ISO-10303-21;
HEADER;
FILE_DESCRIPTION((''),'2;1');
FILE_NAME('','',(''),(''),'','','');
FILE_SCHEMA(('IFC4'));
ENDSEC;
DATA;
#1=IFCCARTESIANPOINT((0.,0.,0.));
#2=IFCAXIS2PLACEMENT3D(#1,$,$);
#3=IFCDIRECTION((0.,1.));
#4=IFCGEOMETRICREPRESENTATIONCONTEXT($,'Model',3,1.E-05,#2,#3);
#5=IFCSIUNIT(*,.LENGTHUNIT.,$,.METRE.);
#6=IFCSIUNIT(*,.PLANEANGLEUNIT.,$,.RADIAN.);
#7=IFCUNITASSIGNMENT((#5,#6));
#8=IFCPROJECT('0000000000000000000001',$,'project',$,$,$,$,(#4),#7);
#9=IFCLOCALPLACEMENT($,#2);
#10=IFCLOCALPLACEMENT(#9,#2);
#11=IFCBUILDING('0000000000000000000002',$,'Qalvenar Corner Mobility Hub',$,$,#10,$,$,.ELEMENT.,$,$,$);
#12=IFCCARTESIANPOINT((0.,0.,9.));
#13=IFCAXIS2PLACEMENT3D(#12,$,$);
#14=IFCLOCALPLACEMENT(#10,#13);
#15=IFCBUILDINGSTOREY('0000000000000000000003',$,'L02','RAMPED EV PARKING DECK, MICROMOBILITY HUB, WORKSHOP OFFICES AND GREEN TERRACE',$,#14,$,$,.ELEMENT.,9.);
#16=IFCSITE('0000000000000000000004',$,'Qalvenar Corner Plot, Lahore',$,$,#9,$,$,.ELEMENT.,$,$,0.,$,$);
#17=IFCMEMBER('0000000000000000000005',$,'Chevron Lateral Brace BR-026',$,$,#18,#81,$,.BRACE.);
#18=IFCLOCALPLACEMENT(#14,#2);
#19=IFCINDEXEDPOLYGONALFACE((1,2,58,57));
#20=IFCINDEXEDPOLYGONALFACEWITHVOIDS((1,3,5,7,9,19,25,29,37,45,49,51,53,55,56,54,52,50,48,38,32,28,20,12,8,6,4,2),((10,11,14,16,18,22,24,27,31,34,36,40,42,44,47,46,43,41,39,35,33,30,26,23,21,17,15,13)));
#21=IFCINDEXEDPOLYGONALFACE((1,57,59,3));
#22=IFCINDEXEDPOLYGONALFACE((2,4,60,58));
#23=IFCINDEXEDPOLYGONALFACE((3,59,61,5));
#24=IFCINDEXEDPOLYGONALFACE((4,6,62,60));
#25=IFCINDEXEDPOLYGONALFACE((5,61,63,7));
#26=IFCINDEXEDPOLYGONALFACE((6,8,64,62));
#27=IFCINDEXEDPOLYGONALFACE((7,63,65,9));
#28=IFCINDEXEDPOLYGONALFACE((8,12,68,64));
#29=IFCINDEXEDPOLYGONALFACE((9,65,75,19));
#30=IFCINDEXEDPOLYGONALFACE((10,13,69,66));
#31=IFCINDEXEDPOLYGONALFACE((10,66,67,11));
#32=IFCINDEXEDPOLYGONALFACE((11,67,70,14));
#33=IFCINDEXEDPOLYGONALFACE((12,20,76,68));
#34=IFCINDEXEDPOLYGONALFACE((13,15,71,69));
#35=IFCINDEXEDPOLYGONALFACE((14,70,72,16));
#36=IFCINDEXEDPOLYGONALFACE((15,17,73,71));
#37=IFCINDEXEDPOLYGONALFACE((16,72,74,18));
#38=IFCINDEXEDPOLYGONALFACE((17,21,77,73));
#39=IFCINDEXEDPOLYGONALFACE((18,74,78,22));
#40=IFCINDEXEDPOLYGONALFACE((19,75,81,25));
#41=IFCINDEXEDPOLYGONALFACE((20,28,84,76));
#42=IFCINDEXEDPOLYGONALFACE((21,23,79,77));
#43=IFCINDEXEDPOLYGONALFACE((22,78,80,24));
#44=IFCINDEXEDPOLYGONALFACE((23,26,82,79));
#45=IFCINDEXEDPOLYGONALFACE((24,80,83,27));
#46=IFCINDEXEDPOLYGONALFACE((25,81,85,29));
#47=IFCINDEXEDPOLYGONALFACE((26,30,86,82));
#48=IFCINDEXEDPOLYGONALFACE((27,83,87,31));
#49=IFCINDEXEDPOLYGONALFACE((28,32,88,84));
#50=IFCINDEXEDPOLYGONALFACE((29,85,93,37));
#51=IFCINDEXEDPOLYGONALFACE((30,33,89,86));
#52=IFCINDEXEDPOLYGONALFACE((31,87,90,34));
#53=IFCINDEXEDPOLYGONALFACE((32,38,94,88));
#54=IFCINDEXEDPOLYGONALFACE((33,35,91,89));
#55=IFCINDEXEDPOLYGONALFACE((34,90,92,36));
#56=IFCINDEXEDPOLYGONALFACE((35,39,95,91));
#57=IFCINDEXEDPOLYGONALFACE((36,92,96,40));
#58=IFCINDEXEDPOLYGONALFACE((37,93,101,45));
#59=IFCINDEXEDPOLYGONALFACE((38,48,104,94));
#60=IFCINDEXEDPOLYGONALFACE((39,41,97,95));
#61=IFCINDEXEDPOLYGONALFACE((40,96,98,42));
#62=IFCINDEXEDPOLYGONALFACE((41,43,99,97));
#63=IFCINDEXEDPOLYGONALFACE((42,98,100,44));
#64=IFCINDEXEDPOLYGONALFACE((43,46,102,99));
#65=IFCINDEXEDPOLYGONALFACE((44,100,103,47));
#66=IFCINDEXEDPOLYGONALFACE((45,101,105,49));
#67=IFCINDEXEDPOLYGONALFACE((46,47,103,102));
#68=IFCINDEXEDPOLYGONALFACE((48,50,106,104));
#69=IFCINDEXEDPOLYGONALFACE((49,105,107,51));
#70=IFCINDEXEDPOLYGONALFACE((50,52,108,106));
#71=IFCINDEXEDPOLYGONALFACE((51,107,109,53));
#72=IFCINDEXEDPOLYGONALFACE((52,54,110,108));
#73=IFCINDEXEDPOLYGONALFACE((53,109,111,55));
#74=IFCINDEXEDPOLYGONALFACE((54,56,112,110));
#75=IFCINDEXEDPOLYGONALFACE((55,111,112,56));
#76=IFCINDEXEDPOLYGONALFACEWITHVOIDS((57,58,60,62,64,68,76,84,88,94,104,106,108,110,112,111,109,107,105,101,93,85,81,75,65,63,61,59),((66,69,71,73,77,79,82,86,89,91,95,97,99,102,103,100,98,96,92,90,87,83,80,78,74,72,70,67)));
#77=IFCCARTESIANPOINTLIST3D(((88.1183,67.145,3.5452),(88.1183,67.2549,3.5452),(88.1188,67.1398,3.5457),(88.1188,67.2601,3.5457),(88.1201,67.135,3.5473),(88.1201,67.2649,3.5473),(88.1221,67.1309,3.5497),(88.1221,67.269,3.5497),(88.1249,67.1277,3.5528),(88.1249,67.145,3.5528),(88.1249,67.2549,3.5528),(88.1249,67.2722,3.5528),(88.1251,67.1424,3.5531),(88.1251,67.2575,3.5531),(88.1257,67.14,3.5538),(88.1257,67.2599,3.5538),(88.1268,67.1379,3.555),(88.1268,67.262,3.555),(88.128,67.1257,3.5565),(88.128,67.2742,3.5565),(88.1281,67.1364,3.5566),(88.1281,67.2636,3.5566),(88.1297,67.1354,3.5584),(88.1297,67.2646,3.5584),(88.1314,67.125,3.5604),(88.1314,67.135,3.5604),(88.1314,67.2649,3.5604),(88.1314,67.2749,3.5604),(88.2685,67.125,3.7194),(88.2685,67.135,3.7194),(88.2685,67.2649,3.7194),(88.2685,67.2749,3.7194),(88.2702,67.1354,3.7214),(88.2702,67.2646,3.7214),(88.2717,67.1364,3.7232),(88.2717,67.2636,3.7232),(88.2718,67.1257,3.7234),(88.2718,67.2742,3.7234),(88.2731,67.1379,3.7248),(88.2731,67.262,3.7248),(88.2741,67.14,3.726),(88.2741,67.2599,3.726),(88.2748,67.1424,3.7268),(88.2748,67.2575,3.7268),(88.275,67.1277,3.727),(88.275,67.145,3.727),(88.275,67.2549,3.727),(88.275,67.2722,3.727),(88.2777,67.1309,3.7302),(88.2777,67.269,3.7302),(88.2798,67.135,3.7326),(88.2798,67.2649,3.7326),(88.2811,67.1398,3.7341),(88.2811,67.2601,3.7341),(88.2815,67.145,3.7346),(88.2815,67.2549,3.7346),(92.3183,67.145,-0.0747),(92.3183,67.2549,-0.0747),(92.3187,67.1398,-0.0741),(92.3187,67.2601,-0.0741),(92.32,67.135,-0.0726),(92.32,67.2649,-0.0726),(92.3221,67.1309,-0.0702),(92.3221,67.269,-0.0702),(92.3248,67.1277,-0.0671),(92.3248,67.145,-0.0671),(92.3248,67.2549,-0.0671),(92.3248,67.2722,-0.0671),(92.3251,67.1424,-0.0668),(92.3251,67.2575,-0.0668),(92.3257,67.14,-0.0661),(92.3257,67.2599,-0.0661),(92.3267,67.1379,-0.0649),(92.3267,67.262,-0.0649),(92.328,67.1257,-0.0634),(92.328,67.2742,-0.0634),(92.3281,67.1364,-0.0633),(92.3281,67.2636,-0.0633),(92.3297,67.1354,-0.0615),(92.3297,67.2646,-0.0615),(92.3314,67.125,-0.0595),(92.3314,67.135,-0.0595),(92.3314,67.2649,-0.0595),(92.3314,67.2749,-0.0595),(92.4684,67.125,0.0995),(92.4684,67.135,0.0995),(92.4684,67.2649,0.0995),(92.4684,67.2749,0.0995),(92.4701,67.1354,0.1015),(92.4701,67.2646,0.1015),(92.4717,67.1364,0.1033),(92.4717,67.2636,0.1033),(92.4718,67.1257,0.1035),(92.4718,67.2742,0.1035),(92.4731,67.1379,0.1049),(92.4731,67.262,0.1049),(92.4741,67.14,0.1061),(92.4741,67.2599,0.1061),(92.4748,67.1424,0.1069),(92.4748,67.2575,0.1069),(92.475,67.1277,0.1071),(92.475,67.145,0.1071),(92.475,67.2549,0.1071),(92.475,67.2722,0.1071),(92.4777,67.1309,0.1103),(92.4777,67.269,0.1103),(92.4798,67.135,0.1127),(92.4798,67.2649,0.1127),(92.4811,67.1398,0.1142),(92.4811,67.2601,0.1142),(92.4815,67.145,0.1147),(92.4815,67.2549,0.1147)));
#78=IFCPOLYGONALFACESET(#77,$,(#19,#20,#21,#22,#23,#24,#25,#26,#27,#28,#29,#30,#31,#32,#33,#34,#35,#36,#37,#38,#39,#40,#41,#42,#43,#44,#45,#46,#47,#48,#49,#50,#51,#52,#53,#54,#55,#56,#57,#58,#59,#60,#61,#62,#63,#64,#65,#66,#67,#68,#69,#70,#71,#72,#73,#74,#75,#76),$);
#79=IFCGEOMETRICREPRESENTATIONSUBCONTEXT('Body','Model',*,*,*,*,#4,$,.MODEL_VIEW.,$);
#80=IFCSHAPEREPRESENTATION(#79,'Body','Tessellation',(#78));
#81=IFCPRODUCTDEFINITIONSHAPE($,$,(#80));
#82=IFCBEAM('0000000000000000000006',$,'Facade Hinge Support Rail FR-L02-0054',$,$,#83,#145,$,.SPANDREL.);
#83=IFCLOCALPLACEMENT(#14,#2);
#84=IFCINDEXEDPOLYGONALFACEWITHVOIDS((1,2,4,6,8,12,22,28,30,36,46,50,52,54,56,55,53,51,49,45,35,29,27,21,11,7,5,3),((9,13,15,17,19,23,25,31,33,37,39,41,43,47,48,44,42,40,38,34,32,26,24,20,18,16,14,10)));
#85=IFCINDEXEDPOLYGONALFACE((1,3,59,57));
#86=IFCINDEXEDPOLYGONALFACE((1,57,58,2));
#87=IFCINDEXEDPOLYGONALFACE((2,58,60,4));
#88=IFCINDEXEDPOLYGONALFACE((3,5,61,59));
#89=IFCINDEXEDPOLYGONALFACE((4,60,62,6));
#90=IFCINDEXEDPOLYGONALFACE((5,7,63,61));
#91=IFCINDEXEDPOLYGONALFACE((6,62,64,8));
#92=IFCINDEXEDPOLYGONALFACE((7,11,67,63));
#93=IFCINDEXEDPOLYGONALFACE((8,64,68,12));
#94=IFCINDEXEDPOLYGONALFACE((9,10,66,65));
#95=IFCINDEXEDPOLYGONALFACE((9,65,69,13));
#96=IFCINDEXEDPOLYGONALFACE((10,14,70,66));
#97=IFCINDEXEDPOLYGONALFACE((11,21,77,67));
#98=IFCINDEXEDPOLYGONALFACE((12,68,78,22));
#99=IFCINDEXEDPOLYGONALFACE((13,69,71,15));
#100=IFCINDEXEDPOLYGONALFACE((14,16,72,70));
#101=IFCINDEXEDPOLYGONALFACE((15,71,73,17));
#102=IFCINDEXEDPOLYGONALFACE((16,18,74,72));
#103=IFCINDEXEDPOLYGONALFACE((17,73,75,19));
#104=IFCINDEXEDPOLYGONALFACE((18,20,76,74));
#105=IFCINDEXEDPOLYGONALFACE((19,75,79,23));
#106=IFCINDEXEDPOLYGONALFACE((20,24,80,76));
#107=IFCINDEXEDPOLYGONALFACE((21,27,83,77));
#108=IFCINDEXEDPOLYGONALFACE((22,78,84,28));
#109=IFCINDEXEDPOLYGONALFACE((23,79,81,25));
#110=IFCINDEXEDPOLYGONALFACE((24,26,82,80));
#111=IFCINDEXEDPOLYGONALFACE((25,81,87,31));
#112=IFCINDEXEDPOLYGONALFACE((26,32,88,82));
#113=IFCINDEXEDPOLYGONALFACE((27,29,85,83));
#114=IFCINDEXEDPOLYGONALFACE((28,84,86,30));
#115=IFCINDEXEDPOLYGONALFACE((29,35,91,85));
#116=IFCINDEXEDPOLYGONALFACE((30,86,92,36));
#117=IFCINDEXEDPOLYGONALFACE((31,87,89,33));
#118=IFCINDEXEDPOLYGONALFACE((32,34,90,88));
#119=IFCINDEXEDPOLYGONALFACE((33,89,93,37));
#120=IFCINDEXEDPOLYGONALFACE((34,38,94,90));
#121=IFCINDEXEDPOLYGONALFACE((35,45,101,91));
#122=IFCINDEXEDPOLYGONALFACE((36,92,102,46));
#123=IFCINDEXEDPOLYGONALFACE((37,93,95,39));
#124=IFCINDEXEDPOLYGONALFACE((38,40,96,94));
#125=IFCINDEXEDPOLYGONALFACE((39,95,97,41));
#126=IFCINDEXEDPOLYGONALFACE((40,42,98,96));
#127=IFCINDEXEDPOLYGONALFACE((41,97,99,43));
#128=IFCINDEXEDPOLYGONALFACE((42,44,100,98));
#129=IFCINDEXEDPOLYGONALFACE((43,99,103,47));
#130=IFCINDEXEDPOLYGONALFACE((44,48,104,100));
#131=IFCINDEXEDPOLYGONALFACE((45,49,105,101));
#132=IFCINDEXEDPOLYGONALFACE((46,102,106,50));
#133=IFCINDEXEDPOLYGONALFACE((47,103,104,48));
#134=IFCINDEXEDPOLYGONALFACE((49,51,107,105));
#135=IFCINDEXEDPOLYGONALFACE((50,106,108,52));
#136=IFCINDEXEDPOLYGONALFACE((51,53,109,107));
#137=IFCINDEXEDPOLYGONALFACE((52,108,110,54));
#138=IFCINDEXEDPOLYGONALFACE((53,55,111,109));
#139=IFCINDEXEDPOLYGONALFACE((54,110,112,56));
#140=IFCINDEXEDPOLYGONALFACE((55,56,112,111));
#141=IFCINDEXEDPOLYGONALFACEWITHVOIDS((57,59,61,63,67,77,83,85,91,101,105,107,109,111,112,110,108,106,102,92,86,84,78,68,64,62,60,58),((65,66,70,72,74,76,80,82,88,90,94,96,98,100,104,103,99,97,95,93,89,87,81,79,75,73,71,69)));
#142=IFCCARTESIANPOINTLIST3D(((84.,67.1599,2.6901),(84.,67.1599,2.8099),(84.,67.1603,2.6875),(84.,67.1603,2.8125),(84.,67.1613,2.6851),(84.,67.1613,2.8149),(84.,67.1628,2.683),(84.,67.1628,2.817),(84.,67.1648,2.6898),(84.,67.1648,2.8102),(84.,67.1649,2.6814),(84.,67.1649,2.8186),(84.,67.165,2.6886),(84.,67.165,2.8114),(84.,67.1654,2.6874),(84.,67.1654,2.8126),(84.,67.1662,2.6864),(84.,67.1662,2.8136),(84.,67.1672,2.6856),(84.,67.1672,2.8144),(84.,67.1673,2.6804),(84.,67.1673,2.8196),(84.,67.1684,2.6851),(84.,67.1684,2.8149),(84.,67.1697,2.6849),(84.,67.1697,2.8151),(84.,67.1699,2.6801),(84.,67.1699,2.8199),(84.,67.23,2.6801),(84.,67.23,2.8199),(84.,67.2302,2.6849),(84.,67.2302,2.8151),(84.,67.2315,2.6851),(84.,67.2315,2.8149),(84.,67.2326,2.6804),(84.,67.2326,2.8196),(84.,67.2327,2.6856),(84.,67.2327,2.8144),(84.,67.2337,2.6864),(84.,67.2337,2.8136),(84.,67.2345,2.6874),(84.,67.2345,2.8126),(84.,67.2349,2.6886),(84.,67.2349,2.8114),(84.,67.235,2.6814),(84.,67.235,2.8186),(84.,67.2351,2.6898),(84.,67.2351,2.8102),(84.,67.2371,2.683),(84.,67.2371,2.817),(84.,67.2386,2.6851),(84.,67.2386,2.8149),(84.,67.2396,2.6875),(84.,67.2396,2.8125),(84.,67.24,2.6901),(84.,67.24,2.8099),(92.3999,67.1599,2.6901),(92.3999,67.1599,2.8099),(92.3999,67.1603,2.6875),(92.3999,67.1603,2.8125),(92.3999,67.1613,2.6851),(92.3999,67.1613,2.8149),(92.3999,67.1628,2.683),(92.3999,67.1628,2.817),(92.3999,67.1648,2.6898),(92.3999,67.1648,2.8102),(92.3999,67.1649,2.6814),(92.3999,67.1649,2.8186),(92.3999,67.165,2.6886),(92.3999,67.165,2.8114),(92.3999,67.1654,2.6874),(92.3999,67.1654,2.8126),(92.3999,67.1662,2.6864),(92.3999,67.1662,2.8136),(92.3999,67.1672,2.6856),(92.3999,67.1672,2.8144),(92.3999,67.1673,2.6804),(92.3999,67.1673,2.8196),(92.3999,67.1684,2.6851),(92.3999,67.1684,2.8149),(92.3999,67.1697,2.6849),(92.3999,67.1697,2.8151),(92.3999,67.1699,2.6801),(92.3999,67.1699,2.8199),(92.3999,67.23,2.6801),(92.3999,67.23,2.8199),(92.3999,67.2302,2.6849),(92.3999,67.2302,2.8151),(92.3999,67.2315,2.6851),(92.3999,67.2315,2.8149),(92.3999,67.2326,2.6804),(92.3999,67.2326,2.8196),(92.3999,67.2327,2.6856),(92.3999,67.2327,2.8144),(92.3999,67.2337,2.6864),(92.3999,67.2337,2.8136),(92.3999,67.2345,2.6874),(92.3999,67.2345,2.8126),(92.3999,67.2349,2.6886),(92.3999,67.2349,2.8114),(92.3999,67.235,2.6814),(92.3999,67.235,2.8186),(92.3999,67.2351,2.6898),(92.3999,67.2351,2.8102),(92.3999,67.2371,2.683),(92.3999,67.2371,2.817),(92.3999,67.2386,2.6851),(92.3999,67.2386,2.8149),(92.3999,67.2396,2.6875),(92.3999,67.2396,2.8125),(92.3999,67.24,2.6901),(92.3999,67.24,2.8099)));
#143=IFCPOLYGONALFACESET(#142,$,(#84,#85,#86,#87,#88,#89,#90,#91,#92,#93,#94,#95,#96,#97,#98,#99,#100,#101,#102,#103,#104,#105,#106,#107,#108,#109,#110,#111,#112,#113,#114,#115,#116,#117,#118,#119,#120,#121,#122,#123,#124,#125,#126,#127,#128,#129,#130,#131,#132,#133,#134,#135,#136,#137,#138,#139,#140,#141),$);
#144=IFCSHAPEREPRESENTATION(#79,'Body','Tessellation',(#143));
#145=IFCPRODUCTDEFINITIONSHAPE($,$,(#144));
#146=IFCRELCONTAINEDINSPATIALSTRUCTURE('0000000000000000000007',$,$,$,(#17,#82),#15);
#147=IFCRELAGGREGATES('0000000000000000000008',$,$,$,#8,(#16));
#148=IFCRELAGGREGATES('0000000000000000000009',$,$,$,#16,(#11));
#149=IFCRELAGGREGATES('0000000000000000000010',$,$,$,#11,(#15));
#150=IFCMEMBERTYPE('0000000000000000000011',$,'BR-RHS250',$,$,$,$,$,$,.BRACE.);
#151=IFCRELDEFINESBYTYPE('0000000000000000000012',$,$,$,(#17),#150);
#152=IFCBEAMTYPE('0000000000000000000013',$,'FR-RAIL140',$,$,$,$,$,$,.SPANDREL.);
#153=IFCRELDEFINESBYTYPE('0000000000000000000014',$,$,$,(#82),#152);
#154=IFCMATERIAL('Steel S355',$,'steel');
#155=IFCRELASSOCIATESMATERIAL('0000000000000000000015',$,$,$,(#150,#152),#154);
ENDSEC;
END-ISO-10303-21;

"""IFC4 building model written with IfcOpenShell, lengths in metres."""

from ifc_helpers import new_model, si_unit, direction, frame, origin, origin_2d, place, context, subcontext, project, spatial, hollow_rectangle, extrude, material, material_profile, profile_set, type_object, element, save


model = new_model("IFC4")

# Units and contexts
model_context = context("Model", 3, precision=1e-05, world=origin(), true_north=direction((0.0, 1.0)))
body_context = subcontext(model_context, "Body", "Model", "MODEL_VIEW")
ifc_project = project(units=[si_unit("LENGTHUNIT", "METRE"), si_unit("PLANEANGLEUNIT", "RADIAN")], contexts=[model_context])

# Site, building, storey
site_placement = place(None, origin())
site = spatial("IfcSite", under=ifc_project, at=site_placement, Name="Qalvenar Corner Plot, Lahore", CompositionType="ELEMENT", RefElevation=0.0)
building_placement = place(site_placement, origin())
building = spatial("IfcBuilding", under=site, at=building_placement, Name="Qalvenar Corner Mobility Hub", CompositionType="ELEMENT")
storey_placement = place(building_placement, frame((0.0, 0.0, 9.0)))
storey = spatial("IfcBuildingStorey", under=building, at=storey_placement, Name="L02", Description="RAMPED EV PARKING DECK, MICROMOBILITY HUB, WORKSHOP OFFICES AND GREEN TERRACE", CompositionType="ELEMENT", Elevation=9.0)

# Shared definitions
ifc_material_1 = material(Name="Steel S355", Category="steel")

# Member
ifc_material_profile_1 = material_profile(ifc_material_1, hollow_rectangle(XDim=0.1499, YDim=0.25, WallThickness=0.01, InnerFilletRadius=0.01, OuterFilletRadius=0.02, at=origin_2d()), Name="RHS250x150x10")
ifc_profile_set_1 = profile_set([ifc_material_profile_1], Name="Steel S355")
member_type = type_object("IfcMemberType", Name="BR-RHS250", PredefinedType="BRACE", material=ifc_profile_set_1)
for number, where, z_axis, x_axis, name in (
    (1, (92.3999, 67.2, 0.02), (-0.757479, 0.0, 0.652859), (0.0, -1.0, 0.0), "Chevron Lateral Brace BR-026"),
):
    element("IfcMember", number, at=place(storey_placement, frame(where, z_axis=z_axis, x_axis=x_axis)), inside=storey, type_object=member_type, Name=name, PredefinedType="BRACE", context=body_context, shape_type="SweptSolid", body=[
        extrude(hollow_rectangle(XDim=0.1499, YDim=0.25, WallThickness=0.01, InnerFilletRadius=0.01, OuterFilletRadius=0.02, at=origin_2d()), origin(), (0.0, 0.0, 1.0), 5.5447),
    ])

# Beam
ifc_material_profile_2 = material_profile(ifc_material_1, hollow_rectangle(XDim=0.0801, YDim=0.1399, WallThickness=0.0049, InnerFilletRadius=0.0049, OuterFilletRadius=0.01, at=origin_2d()), Name="RHS140x80x5")
ifc_profile_set_2 = profile_set([ifc_material_profile_2], Name="Steel S355")
beam_type_1 = type_object("IfcBeamType", Name="FR-RAIL140", PredefinedType="SPANDREL", material=ifc_profile_set_2)
beam_1_placement = place(storey_placement, frame((84.0, 67.2, 2.75), z_axis=(1.0, 0.0, 0.0), x_axis=(0.0, 1.0, 0.0)))
element("IfcBeam", 2, at=beam_1_placement, inside=storey, type_object=beam_type_1, Name="Facade Hinge Support Rail FR-L02-0054", PredefinedType="SPANDREL", context=body_context, shape_type="SweptSolid", body=[
    extrude(hollow_rectangle(XDim=0.0801, YDim=0.1399, WallThickness=0.0049, InnerFilletRadius=0.0049, OuterFilletRadius=0.01, at=origin_2d()), origin(), (0.0, 0.0, 1.0), 8.3999),
])

save(model, "model.ifc")
